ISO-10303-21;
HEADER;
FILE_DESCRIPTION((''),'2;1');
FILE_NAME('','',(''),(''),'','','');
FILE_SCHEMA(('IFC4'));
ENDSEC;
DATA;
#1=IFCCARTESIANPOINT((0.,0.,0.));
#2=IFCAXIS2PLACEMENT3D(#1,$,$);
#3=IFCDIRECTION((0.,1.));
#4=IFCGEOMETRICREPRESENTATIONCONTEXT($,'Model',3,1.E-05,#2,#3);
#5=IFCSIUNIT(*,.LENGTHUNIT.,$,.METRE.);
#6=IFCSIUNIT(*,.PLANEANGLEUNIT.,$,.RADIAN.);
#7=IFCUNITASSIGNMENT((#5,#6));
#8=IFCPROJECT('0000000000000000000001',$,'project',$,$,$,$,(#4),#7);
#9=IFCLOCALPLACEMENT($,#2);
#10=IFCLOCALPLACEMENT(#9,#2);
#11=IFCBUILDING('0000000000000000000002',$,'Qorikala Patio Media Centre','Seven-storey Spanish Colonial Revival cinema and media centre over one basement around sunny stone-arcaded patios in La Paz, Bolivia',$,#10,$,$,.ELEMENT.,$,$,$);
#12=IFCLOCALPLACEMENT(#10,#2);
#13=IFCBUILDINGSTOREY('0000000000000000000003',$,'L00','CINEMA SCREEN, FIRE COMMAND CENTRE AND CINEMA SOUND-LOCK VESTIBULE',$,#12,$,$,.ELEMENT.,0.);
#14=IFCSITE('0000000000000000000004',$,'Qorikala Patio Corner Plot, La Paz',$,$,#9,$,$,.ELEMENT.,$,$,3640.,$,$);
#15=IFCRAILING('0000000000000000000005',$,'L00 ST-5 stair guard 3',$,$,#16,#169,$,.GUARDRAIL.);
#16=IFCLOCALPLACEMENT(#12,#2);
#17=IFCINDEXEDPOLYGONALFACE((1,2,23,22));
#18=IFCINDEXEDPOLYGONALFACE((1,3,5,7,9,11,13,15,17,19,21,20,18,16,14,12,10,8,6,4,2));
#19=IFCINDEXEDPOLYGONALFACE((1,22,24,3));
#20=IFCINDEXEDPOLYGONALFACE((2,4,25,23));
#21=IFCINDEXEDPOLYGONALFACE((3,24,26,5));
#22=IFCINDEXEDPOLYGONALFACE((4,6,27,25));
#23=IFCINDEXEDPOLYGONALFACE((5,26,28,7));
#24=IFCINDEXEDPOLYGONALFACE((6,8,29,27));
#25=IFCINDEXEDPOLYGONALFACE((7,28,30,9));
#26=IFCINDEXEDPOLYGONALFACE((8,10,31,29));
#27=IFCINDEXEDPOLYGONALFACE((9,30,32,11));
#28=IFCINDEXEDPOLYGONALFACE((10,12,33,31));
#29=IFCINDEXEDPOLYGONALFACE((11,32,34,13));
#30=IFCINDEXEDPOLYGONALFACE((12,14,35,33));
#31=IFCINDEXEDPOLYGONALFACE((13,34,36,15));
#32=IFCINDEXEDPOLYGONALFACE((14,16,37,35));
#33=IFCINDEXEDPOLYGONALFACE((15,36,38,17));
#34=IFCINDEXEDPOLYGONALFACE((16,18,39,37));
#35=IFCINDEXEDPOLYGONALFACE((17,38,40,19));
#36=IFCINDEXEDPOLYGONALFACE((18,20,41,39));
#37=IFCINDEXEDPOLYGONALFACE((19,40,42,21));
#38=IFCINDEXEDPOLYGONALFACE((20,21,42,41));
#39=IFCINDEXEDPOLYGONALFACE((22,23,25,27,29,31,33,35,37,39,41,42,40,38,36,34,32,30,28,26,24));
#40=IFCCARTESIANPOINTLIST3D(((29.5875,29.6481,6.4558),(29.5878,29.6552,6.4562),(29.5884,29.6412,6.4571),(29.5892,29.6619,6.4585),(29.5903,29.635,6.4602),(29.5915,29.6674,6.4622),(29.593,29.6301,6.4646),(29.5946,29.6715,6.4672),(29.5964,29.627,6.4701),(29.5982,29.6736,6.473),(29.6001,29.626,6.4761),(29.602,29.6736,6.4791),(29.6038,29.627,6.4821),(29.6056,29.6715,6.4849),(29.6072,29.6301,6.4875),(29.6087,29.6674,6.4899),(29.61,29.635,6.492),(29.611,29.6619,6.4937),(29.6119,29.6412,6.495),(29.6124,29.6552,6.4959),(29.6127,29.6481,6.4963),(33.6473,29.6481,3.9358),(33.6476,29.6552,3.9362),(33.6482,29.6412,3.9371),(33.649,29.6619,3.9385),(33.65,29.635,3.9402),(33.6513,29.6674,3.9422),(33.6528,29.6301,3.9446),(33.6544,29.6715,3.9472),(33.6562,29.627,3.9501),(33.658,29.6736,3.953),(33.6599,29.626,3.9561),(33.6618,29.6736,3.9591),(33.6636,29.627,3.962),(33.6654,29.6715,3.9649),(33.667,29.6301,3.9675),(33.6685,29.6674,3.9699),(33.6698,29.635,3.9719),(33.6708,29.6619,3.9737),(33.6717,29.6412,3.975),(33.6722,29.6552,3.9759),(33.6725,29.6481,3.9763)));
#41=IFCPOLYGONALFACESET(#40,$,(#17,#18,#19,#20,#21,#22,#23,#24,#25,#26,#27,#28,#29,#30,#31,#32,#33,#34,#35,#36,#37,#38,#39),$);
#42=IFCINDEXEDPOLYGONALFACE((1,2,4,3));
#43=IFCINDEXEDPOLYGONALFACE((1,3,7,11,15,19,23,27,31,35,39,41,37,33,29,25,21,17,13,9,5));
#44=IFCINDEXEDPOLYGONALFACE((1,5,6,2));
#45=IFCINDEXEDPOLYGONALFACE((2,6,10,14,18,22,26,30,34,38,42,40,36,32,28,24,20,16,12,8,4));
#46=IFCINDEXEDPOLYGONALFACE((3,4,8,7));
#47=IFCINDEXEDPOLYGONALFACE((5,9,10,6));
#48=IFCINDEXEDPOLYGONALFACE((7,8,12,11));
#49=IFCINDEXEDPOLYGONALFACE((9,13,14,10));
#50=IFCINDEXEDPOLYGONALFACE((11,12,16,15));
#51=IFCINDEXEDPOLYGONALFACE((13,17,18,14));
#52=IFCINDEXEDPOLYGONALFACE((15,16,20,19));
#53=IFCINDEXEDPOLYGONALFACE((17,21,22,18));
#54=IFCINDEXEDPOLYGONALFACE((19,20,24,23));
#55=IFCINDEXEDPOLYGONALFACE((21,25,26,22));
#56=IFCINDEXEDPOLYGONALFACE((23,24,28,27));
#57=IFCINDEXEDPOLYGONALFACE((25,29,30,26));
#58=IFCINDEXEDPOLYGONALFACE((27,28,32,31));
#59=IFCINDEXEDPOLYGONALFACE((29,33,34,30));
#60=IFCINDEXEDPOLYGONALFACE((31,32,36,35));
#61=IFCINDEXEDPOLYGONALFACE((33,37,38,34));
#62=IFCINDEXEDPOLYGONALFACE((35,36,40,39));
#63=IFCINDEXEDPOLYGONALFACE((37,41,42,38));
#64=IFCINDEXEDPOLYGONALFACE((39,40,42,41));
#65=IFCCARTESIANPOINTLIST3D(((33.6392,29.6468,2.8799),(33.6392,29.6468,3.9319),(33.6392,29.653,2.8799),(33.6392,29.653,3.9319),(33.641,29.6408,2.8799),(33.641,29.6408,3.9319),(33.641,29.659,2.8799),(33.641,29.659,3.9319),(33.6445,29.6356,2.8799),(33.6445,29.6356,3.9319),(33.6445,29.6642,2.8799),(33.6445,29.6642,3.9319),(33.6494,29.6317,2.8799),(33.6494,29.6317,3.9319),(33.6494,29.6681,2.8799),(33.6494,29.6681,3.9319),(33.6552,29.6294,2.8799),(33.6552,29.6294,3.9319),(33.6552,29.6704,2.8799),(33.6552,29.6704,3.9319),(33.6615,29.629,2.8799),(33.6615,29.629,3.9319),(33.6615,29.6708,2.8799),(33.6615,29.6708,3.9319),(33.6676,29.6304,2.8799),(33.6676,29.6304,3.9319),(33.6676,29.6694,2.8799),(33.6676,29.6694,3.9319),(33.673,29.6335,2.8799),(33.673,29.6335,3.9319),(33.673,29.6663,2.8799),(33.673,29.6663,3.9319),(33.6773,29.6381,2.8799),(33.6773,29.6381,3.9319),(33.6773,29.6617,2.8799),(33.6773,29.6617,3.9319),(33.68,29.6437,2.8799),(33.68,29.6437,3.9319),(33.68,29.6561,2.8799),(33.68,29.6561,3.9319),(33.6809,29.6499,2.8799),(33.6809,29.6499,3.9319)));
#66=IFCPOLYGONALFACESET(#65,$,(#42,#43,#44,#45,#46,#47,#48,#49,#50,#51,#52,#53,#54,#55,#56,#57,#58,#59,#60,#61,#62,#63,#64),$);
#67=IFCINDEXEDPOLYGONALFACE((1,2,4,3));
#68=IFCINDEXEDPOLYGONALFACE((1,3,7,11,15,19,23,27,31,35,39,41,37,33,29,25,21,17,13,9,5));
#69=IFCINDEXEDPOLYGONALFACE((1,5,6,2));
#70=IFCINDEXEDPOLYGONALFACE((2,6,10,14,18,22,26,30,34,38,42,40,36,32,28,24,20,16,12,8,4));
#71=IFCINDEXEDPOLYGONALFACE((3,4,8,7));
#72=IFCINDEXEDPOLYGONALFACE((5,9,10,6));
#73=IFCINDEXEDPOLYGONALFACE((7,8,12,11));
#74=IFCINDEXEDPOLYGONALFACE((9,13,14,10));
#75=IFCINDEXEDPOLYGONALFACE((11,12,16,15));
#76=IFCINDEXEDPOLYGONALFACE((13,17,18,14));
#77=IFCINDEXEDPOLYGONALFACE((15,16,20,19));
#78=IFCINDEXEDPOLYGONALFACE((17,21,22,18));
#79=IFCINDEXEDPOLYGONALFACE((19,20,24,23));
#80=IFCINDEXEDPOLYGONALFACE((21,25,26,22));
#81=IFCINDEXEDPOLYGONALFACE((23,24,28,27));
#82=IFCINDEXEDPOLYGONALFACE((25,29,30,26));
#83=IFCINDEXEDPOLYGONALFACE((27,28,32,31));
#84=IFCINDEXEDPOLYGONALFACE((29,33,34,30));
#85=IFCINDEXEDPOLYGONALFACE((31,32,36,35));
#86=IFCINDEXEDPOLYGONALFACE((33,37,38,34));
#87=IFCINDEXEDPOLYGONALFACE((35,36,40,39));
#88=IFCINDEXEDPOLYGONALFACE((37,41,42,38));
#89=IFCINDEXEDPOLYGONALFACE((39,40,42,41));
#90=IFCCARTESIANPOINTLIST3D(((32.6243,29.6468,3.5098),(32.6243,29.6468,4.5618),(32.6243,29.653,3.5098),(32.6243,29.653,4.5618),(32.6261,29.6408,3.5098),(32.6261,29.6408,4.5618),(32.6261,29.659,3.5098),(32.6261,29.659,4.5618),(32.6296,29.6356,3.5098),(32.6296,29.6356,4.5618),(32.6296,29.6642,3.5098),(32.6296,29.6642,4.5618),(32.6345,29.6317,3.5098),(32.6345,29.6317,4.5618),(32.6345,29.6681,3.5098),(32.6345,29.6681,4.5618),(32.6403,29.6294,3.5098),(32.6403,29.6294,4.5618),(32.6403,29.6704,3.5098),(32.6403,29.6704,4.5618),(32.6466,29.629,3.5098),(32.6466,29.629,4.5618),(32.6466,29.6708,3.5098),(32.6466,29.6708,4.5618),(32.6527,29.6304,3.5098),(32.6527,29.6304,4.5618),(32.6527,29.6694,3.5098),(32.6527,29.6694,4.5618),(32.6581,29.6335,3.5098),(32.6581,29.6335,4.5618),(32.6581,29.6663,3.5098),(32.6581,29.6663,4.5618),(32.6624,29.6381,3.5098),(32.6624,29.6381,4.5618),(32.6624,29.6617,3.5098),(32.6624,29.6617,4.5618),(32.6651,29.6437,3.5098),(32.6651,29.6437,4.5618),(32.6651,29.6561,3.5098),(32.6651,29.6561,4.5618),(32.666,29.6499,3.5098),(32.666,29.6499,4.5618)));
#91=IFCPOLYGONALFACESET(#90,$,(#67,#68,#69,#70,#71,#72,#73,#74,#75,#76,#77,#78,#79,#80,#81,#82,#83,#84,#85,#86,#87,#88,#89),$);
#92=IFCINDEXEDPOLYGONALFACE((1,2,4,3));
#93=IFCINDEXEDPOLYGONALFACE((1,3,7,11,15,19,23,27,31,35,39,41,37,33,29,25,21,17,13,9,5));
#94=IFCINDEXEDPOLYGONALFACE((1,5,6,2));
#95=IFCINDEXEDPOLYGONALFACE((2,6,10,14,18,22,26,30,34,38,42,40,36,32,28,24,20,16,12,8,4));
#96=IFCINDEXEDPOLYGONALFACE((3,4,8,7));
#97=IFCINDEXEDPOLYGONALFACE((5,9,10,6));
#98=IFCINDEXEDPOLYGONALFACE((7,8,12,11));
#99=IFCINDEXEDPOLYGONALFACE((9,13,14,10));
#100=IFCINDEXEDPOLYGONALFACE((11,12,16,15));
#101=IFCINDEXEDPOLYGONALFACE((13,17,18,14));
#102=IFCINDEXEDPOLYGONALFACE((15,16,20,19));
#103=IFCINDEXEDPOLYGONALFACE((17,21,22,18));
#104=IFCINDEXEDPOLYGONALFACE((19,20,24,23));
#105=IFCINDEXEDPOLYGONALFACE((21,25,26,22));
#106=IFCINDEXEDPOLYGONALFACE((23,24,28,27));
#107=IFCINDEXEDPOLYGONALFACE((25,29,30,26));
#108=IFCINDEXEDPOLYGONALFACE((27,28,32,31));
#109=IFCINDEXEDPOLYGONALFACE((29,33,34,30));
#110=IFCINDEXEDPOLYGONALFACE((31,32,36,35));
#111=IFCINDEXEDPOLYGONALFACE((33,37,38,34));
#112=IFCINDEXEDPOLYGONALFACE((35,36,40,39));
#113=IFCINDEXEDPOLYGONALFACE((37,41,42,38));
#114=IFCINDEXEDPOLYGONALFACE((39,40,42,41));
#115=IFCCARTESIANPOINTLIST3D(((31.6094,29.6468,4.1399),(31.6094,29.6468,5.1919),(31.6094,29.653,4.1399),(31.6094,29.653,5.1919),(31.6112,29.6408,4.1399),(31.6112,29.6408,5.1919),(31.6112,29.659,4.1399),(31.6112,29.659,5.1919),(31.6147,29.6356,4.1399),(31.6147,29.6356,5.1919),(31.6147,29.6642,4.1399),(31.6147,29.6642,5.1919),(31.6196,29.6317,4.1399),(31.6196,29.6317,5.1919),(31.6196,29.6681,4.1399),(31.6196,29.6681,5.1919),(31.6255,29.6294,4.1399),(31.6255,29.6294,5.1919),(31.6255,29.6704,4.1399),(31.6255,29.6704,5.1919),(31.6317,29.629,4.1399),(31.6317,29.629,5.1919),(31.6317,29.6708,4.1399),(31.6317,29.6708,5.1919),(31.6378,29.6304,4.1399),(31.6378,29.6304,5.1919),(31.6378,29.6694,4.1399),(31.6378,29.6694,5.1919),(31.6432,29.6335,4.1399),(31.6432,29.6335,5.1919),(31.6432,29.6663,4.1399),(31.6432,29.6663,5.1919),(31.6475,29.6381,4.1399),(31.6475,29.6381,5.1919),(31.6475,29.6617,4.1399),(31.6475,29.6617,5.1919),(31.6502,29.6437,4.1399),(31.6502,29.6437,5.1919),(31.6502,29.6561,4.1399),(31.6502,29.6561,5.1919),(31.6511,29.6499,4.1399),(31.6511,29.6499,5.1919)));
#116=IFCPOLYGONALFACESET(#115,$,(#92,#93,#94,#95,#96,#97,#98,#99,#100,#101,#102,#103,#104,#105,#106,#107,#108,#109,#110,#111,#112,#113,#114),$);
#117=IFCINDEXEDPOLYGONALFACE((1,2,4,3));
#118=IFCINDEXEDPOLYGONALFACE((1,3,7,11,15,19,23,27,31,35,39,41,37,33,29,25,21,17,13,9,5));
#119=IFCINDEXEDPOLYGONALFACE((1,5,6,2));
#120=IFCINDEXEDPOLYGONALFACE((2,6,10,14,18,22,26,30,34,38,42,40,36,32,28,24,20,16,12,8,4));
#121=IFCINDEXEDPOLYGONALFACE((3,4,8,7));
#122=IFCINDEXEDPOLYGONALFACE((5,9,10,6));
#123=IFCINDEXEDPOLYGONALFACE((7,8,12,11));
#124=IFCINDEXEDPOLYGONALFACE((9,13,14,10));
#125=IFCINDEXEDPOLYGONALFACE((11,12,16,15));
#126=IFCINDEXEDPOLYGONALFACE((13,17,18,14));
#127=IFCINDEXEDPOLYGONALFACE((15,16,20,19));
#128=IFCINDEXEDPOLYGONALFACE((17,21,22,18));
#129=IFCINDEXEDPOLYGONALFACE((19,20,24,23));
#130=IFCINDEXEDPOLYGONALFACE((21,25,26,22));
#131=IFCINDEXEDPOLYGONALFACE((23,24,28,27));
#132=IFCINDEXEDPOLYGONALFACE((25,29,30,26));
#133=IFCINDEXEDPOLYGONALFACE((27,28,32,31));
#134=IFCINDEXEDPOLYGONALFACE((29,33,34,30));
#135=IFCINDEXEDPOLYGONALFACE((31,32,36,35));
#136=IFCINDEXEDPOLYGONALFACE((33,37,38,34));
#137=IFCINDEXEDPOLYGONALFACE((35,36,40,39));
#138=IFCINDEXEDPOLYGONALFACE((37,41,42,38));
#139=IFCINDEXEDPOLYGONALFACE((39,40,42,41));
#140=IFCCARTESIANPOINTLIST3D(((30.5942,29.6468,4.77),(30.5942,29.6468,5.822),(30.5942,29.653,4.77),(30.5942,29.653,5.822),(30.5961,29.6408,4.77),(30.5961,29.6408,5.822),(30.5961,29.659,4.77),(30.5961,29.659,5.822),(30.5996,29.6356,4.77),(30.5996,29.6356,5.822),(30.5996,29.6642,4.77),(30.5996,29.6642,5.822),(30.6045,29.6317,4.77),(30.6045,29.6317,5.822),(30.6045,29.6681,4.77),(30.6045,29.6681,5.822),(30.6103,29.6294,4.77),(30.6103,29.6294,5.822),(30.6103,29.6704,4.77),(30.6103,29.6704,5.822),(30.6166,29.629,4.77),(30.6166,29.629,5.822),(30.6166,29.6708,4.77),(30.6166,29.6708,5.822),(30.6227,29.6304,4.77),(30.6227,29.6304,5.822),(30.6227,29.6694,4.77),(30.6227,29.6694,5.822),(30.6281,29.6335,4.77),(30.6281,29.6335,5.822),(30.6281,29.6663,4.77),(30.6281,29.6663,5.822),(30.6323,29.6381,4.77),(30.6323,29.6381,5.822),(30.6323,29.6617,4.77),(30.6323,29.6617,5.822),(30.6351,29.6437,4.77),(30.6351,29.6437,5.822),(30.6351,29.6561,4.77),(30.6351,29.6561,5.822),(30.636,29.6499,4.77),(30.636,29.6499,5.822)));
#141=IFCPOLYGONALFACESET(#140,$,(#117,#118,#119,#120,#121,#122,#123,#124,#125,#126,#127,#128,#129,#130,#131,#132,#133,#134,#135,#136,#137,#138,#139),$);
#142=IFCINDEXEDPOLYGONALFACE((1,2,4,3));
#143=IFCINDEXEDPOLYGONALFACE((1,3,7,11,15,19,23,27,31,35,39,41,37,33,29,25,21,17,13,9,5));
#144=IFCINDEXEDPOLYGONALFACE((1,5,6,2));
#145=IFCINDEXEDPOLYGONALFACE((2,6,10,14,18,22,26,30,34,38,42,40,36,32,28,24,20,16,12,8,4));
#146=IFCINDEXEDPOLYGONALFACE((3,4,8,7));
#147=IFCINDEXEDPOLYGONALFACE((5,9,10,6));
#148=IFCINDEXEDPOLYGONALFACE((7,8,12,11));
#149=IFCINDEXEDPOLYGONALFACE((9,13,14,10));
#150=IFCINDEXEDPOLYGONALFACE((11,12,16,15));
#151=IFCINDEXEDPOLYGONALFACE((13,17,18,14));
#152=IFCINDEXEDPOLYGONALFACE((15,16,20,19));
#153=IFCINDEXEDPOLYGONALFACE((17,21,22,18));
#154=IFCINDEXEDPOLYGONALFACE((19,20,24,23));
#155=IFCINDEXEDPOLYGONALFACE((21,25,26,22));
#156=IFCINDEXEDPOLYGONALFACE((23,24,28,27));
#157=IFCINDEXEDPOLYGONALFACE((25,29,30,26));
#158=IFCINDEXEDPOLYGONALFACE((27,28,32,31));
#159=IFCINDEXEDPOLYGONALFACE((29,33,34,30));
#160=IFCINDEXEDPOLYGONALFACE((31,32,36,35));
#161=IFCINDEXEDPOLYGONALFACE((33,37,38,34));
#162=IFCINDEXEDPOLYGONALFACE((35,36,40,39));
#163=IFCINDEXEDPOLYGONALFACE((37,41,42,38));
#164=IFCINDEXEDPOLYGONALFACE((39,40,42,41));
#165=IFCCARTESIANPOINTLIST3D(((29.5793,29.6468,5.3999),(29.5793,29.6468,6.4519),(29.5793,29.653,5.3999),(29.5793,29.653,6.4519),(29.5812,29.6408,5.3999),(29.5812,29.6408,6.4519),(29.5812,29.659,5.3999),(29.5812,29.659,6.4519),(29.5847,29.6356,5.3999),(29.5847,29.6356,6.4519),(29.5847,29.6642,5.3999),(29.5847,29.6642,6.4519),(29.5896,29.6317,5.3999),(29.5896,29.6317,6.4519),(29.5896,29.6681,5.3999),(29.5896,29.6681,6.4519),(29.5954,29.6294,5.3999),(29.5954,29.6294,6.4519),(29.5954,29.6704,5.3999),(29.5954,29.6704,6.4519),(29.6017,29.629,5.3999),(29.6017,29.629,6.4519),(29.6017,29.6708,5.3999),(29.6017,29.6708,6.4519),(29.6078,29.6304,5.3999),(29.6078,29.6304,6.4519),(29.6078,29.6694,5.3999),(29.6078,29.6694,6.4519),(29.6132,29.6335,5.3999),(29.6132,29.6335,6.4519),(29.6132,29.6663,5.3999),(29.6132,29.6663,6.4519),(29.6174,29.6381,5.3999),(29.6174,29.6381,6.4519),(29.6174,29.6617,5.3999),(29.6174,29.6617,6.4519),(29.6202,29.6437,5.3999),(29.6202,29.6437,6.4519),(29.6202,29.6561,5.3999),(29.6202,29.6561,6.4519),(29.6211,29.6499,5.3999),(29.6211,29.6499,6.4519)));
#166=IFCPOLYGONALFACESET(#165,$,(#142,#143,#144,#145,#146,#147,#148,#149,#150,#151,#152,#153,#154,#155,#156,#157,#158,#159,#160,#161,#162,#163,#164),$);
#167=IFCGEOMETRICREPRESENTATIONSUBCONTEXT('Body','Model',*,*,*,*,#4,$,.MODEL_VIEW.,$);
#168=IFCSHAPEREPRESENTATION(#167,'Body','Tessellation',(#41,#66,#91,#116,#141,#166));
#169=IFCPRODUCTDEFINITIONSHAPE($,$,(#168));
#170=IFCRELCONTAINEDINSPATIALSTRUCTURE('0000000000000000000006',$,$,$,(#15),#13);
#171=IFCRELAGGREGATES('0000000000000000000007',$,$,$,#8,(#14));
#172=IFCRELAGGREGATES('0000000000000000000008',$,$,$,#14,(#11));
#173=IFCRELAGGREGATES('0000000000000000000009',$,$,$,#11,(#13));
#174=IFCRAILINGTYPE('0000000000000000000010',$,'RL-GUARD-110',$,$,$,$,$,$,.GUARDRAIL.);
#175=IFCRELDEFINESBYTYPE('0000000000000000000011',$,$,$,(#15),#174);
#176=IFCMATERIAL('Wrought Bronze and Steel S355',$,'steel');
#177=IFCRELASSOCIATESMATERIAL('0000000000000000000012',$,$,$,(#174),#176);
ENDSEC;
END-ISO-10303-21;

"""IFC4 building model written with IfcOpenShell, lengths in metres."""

from ifc_helpers import new_model, si_unit, direction, frame, origin, origin_2d, place, context, subcontext, project, spatial, circle, extrude, material, type_object, element, save


model = new_model("IFC4")

# Units and contexts
model_context = context("Model", 3, precision=1e-05, world=origin(), true_north=direction((0.0, 1.0)))
body_context = subcontext(model_context, "Body", "Model", "MODEL_VIEW")
ifc_project = project(units=[si_unit("LENGTHUNIT", "METRE"), si_unit("PLANEANGLEUNIT", "RADIAN")], contexts=[model_context])

# Site, building, storey
site_placement = place(None, origin())
site = spatial("IfcSite", under=ifc_project, at=site_placement, Name="Qorikala Patio Corner Plot, La Paz", CompositionType="ELEMENT", RefElevation=3640.0)
building_placement = place(site_placement, origin())
building = spatial("IfcBuilding", under=site, at=building_placement, Name="Qorikala Patio Media Centre", Description="Seven-storey Spanish Colonial Revival cinema and media centre over one basement around sunny stone-arcaded patios in La Paz, Bolivia", CompositionType="ELEMENT")
storey_placement = place(building_placement, origin())
storey = spatial("IfcBuildingStorey", under=building, at=storey_placement, Name="L00", Description="CINEMA SCREEN, FIRE COMMAND CENTRE AND CINEMA SOUND-LOCK VESTIBULE", CompositionType="ELEMENT", Elevation=0.0)

# Railing
ifc_material_1 = material(Name="Wrought Bronze and Steel S355", Category="steel")
railing_type_1 = type_object("IfcRailingType", Name="RL-GUARD-110", PredefinedType="GUARDRAIL", material=ifc_material_1)
railing_1_placement = place(storey_placement, frame((33.6599, 29.6499, 2.8799)))
element("IfcRailing", 1, at=railing_1_placement, inside=storey, type_object=railing_type_1, Name="L00 ST-5 stair guard 3", PredefinedType="GUARDRAIL", context=body_context, shape_type="SweptSolid", body=[
    extrude(circle(Radius=0.0239, at=origin_2d()), frame((0.0, 0.0, 1.0762), z_axis=(-0.849628, 0.0, 0.527383), x_axis=(0.0, -1.0, 0.0)), (0.0, 0.0, 1.0), 4.7783),
    extrude(circle(Radius=0.021, at=origin_2d()), origin(), (0.0, 0.0, 1.0), 1.052),
    extrude(circle(Radius=0.021, at=origin_2d()), frame((-1.0149, 0.0, 0.6299)), (0.0, 0.0, 1.0), 1.052),
    extrude(circle(Radius=0.021, at=origin_2d()), frame((-2.0298, 0.0, 1.26)), (0.0, 0.0, 1.0), 1.052),
    extrude(circle(Radius=0.021, at=origin_2d()), frame((-3.0449, 0.0, 1.8901)), (0.0, 0.0, 1.0), 1.052),
    extrude(circle(Radius=0.021, at=origin_2d()), frame((-4.0598, 0.0, 2.52)), (0.0, 0.0, 1.0), 1.052),
])

save(model, "model.ifc")
